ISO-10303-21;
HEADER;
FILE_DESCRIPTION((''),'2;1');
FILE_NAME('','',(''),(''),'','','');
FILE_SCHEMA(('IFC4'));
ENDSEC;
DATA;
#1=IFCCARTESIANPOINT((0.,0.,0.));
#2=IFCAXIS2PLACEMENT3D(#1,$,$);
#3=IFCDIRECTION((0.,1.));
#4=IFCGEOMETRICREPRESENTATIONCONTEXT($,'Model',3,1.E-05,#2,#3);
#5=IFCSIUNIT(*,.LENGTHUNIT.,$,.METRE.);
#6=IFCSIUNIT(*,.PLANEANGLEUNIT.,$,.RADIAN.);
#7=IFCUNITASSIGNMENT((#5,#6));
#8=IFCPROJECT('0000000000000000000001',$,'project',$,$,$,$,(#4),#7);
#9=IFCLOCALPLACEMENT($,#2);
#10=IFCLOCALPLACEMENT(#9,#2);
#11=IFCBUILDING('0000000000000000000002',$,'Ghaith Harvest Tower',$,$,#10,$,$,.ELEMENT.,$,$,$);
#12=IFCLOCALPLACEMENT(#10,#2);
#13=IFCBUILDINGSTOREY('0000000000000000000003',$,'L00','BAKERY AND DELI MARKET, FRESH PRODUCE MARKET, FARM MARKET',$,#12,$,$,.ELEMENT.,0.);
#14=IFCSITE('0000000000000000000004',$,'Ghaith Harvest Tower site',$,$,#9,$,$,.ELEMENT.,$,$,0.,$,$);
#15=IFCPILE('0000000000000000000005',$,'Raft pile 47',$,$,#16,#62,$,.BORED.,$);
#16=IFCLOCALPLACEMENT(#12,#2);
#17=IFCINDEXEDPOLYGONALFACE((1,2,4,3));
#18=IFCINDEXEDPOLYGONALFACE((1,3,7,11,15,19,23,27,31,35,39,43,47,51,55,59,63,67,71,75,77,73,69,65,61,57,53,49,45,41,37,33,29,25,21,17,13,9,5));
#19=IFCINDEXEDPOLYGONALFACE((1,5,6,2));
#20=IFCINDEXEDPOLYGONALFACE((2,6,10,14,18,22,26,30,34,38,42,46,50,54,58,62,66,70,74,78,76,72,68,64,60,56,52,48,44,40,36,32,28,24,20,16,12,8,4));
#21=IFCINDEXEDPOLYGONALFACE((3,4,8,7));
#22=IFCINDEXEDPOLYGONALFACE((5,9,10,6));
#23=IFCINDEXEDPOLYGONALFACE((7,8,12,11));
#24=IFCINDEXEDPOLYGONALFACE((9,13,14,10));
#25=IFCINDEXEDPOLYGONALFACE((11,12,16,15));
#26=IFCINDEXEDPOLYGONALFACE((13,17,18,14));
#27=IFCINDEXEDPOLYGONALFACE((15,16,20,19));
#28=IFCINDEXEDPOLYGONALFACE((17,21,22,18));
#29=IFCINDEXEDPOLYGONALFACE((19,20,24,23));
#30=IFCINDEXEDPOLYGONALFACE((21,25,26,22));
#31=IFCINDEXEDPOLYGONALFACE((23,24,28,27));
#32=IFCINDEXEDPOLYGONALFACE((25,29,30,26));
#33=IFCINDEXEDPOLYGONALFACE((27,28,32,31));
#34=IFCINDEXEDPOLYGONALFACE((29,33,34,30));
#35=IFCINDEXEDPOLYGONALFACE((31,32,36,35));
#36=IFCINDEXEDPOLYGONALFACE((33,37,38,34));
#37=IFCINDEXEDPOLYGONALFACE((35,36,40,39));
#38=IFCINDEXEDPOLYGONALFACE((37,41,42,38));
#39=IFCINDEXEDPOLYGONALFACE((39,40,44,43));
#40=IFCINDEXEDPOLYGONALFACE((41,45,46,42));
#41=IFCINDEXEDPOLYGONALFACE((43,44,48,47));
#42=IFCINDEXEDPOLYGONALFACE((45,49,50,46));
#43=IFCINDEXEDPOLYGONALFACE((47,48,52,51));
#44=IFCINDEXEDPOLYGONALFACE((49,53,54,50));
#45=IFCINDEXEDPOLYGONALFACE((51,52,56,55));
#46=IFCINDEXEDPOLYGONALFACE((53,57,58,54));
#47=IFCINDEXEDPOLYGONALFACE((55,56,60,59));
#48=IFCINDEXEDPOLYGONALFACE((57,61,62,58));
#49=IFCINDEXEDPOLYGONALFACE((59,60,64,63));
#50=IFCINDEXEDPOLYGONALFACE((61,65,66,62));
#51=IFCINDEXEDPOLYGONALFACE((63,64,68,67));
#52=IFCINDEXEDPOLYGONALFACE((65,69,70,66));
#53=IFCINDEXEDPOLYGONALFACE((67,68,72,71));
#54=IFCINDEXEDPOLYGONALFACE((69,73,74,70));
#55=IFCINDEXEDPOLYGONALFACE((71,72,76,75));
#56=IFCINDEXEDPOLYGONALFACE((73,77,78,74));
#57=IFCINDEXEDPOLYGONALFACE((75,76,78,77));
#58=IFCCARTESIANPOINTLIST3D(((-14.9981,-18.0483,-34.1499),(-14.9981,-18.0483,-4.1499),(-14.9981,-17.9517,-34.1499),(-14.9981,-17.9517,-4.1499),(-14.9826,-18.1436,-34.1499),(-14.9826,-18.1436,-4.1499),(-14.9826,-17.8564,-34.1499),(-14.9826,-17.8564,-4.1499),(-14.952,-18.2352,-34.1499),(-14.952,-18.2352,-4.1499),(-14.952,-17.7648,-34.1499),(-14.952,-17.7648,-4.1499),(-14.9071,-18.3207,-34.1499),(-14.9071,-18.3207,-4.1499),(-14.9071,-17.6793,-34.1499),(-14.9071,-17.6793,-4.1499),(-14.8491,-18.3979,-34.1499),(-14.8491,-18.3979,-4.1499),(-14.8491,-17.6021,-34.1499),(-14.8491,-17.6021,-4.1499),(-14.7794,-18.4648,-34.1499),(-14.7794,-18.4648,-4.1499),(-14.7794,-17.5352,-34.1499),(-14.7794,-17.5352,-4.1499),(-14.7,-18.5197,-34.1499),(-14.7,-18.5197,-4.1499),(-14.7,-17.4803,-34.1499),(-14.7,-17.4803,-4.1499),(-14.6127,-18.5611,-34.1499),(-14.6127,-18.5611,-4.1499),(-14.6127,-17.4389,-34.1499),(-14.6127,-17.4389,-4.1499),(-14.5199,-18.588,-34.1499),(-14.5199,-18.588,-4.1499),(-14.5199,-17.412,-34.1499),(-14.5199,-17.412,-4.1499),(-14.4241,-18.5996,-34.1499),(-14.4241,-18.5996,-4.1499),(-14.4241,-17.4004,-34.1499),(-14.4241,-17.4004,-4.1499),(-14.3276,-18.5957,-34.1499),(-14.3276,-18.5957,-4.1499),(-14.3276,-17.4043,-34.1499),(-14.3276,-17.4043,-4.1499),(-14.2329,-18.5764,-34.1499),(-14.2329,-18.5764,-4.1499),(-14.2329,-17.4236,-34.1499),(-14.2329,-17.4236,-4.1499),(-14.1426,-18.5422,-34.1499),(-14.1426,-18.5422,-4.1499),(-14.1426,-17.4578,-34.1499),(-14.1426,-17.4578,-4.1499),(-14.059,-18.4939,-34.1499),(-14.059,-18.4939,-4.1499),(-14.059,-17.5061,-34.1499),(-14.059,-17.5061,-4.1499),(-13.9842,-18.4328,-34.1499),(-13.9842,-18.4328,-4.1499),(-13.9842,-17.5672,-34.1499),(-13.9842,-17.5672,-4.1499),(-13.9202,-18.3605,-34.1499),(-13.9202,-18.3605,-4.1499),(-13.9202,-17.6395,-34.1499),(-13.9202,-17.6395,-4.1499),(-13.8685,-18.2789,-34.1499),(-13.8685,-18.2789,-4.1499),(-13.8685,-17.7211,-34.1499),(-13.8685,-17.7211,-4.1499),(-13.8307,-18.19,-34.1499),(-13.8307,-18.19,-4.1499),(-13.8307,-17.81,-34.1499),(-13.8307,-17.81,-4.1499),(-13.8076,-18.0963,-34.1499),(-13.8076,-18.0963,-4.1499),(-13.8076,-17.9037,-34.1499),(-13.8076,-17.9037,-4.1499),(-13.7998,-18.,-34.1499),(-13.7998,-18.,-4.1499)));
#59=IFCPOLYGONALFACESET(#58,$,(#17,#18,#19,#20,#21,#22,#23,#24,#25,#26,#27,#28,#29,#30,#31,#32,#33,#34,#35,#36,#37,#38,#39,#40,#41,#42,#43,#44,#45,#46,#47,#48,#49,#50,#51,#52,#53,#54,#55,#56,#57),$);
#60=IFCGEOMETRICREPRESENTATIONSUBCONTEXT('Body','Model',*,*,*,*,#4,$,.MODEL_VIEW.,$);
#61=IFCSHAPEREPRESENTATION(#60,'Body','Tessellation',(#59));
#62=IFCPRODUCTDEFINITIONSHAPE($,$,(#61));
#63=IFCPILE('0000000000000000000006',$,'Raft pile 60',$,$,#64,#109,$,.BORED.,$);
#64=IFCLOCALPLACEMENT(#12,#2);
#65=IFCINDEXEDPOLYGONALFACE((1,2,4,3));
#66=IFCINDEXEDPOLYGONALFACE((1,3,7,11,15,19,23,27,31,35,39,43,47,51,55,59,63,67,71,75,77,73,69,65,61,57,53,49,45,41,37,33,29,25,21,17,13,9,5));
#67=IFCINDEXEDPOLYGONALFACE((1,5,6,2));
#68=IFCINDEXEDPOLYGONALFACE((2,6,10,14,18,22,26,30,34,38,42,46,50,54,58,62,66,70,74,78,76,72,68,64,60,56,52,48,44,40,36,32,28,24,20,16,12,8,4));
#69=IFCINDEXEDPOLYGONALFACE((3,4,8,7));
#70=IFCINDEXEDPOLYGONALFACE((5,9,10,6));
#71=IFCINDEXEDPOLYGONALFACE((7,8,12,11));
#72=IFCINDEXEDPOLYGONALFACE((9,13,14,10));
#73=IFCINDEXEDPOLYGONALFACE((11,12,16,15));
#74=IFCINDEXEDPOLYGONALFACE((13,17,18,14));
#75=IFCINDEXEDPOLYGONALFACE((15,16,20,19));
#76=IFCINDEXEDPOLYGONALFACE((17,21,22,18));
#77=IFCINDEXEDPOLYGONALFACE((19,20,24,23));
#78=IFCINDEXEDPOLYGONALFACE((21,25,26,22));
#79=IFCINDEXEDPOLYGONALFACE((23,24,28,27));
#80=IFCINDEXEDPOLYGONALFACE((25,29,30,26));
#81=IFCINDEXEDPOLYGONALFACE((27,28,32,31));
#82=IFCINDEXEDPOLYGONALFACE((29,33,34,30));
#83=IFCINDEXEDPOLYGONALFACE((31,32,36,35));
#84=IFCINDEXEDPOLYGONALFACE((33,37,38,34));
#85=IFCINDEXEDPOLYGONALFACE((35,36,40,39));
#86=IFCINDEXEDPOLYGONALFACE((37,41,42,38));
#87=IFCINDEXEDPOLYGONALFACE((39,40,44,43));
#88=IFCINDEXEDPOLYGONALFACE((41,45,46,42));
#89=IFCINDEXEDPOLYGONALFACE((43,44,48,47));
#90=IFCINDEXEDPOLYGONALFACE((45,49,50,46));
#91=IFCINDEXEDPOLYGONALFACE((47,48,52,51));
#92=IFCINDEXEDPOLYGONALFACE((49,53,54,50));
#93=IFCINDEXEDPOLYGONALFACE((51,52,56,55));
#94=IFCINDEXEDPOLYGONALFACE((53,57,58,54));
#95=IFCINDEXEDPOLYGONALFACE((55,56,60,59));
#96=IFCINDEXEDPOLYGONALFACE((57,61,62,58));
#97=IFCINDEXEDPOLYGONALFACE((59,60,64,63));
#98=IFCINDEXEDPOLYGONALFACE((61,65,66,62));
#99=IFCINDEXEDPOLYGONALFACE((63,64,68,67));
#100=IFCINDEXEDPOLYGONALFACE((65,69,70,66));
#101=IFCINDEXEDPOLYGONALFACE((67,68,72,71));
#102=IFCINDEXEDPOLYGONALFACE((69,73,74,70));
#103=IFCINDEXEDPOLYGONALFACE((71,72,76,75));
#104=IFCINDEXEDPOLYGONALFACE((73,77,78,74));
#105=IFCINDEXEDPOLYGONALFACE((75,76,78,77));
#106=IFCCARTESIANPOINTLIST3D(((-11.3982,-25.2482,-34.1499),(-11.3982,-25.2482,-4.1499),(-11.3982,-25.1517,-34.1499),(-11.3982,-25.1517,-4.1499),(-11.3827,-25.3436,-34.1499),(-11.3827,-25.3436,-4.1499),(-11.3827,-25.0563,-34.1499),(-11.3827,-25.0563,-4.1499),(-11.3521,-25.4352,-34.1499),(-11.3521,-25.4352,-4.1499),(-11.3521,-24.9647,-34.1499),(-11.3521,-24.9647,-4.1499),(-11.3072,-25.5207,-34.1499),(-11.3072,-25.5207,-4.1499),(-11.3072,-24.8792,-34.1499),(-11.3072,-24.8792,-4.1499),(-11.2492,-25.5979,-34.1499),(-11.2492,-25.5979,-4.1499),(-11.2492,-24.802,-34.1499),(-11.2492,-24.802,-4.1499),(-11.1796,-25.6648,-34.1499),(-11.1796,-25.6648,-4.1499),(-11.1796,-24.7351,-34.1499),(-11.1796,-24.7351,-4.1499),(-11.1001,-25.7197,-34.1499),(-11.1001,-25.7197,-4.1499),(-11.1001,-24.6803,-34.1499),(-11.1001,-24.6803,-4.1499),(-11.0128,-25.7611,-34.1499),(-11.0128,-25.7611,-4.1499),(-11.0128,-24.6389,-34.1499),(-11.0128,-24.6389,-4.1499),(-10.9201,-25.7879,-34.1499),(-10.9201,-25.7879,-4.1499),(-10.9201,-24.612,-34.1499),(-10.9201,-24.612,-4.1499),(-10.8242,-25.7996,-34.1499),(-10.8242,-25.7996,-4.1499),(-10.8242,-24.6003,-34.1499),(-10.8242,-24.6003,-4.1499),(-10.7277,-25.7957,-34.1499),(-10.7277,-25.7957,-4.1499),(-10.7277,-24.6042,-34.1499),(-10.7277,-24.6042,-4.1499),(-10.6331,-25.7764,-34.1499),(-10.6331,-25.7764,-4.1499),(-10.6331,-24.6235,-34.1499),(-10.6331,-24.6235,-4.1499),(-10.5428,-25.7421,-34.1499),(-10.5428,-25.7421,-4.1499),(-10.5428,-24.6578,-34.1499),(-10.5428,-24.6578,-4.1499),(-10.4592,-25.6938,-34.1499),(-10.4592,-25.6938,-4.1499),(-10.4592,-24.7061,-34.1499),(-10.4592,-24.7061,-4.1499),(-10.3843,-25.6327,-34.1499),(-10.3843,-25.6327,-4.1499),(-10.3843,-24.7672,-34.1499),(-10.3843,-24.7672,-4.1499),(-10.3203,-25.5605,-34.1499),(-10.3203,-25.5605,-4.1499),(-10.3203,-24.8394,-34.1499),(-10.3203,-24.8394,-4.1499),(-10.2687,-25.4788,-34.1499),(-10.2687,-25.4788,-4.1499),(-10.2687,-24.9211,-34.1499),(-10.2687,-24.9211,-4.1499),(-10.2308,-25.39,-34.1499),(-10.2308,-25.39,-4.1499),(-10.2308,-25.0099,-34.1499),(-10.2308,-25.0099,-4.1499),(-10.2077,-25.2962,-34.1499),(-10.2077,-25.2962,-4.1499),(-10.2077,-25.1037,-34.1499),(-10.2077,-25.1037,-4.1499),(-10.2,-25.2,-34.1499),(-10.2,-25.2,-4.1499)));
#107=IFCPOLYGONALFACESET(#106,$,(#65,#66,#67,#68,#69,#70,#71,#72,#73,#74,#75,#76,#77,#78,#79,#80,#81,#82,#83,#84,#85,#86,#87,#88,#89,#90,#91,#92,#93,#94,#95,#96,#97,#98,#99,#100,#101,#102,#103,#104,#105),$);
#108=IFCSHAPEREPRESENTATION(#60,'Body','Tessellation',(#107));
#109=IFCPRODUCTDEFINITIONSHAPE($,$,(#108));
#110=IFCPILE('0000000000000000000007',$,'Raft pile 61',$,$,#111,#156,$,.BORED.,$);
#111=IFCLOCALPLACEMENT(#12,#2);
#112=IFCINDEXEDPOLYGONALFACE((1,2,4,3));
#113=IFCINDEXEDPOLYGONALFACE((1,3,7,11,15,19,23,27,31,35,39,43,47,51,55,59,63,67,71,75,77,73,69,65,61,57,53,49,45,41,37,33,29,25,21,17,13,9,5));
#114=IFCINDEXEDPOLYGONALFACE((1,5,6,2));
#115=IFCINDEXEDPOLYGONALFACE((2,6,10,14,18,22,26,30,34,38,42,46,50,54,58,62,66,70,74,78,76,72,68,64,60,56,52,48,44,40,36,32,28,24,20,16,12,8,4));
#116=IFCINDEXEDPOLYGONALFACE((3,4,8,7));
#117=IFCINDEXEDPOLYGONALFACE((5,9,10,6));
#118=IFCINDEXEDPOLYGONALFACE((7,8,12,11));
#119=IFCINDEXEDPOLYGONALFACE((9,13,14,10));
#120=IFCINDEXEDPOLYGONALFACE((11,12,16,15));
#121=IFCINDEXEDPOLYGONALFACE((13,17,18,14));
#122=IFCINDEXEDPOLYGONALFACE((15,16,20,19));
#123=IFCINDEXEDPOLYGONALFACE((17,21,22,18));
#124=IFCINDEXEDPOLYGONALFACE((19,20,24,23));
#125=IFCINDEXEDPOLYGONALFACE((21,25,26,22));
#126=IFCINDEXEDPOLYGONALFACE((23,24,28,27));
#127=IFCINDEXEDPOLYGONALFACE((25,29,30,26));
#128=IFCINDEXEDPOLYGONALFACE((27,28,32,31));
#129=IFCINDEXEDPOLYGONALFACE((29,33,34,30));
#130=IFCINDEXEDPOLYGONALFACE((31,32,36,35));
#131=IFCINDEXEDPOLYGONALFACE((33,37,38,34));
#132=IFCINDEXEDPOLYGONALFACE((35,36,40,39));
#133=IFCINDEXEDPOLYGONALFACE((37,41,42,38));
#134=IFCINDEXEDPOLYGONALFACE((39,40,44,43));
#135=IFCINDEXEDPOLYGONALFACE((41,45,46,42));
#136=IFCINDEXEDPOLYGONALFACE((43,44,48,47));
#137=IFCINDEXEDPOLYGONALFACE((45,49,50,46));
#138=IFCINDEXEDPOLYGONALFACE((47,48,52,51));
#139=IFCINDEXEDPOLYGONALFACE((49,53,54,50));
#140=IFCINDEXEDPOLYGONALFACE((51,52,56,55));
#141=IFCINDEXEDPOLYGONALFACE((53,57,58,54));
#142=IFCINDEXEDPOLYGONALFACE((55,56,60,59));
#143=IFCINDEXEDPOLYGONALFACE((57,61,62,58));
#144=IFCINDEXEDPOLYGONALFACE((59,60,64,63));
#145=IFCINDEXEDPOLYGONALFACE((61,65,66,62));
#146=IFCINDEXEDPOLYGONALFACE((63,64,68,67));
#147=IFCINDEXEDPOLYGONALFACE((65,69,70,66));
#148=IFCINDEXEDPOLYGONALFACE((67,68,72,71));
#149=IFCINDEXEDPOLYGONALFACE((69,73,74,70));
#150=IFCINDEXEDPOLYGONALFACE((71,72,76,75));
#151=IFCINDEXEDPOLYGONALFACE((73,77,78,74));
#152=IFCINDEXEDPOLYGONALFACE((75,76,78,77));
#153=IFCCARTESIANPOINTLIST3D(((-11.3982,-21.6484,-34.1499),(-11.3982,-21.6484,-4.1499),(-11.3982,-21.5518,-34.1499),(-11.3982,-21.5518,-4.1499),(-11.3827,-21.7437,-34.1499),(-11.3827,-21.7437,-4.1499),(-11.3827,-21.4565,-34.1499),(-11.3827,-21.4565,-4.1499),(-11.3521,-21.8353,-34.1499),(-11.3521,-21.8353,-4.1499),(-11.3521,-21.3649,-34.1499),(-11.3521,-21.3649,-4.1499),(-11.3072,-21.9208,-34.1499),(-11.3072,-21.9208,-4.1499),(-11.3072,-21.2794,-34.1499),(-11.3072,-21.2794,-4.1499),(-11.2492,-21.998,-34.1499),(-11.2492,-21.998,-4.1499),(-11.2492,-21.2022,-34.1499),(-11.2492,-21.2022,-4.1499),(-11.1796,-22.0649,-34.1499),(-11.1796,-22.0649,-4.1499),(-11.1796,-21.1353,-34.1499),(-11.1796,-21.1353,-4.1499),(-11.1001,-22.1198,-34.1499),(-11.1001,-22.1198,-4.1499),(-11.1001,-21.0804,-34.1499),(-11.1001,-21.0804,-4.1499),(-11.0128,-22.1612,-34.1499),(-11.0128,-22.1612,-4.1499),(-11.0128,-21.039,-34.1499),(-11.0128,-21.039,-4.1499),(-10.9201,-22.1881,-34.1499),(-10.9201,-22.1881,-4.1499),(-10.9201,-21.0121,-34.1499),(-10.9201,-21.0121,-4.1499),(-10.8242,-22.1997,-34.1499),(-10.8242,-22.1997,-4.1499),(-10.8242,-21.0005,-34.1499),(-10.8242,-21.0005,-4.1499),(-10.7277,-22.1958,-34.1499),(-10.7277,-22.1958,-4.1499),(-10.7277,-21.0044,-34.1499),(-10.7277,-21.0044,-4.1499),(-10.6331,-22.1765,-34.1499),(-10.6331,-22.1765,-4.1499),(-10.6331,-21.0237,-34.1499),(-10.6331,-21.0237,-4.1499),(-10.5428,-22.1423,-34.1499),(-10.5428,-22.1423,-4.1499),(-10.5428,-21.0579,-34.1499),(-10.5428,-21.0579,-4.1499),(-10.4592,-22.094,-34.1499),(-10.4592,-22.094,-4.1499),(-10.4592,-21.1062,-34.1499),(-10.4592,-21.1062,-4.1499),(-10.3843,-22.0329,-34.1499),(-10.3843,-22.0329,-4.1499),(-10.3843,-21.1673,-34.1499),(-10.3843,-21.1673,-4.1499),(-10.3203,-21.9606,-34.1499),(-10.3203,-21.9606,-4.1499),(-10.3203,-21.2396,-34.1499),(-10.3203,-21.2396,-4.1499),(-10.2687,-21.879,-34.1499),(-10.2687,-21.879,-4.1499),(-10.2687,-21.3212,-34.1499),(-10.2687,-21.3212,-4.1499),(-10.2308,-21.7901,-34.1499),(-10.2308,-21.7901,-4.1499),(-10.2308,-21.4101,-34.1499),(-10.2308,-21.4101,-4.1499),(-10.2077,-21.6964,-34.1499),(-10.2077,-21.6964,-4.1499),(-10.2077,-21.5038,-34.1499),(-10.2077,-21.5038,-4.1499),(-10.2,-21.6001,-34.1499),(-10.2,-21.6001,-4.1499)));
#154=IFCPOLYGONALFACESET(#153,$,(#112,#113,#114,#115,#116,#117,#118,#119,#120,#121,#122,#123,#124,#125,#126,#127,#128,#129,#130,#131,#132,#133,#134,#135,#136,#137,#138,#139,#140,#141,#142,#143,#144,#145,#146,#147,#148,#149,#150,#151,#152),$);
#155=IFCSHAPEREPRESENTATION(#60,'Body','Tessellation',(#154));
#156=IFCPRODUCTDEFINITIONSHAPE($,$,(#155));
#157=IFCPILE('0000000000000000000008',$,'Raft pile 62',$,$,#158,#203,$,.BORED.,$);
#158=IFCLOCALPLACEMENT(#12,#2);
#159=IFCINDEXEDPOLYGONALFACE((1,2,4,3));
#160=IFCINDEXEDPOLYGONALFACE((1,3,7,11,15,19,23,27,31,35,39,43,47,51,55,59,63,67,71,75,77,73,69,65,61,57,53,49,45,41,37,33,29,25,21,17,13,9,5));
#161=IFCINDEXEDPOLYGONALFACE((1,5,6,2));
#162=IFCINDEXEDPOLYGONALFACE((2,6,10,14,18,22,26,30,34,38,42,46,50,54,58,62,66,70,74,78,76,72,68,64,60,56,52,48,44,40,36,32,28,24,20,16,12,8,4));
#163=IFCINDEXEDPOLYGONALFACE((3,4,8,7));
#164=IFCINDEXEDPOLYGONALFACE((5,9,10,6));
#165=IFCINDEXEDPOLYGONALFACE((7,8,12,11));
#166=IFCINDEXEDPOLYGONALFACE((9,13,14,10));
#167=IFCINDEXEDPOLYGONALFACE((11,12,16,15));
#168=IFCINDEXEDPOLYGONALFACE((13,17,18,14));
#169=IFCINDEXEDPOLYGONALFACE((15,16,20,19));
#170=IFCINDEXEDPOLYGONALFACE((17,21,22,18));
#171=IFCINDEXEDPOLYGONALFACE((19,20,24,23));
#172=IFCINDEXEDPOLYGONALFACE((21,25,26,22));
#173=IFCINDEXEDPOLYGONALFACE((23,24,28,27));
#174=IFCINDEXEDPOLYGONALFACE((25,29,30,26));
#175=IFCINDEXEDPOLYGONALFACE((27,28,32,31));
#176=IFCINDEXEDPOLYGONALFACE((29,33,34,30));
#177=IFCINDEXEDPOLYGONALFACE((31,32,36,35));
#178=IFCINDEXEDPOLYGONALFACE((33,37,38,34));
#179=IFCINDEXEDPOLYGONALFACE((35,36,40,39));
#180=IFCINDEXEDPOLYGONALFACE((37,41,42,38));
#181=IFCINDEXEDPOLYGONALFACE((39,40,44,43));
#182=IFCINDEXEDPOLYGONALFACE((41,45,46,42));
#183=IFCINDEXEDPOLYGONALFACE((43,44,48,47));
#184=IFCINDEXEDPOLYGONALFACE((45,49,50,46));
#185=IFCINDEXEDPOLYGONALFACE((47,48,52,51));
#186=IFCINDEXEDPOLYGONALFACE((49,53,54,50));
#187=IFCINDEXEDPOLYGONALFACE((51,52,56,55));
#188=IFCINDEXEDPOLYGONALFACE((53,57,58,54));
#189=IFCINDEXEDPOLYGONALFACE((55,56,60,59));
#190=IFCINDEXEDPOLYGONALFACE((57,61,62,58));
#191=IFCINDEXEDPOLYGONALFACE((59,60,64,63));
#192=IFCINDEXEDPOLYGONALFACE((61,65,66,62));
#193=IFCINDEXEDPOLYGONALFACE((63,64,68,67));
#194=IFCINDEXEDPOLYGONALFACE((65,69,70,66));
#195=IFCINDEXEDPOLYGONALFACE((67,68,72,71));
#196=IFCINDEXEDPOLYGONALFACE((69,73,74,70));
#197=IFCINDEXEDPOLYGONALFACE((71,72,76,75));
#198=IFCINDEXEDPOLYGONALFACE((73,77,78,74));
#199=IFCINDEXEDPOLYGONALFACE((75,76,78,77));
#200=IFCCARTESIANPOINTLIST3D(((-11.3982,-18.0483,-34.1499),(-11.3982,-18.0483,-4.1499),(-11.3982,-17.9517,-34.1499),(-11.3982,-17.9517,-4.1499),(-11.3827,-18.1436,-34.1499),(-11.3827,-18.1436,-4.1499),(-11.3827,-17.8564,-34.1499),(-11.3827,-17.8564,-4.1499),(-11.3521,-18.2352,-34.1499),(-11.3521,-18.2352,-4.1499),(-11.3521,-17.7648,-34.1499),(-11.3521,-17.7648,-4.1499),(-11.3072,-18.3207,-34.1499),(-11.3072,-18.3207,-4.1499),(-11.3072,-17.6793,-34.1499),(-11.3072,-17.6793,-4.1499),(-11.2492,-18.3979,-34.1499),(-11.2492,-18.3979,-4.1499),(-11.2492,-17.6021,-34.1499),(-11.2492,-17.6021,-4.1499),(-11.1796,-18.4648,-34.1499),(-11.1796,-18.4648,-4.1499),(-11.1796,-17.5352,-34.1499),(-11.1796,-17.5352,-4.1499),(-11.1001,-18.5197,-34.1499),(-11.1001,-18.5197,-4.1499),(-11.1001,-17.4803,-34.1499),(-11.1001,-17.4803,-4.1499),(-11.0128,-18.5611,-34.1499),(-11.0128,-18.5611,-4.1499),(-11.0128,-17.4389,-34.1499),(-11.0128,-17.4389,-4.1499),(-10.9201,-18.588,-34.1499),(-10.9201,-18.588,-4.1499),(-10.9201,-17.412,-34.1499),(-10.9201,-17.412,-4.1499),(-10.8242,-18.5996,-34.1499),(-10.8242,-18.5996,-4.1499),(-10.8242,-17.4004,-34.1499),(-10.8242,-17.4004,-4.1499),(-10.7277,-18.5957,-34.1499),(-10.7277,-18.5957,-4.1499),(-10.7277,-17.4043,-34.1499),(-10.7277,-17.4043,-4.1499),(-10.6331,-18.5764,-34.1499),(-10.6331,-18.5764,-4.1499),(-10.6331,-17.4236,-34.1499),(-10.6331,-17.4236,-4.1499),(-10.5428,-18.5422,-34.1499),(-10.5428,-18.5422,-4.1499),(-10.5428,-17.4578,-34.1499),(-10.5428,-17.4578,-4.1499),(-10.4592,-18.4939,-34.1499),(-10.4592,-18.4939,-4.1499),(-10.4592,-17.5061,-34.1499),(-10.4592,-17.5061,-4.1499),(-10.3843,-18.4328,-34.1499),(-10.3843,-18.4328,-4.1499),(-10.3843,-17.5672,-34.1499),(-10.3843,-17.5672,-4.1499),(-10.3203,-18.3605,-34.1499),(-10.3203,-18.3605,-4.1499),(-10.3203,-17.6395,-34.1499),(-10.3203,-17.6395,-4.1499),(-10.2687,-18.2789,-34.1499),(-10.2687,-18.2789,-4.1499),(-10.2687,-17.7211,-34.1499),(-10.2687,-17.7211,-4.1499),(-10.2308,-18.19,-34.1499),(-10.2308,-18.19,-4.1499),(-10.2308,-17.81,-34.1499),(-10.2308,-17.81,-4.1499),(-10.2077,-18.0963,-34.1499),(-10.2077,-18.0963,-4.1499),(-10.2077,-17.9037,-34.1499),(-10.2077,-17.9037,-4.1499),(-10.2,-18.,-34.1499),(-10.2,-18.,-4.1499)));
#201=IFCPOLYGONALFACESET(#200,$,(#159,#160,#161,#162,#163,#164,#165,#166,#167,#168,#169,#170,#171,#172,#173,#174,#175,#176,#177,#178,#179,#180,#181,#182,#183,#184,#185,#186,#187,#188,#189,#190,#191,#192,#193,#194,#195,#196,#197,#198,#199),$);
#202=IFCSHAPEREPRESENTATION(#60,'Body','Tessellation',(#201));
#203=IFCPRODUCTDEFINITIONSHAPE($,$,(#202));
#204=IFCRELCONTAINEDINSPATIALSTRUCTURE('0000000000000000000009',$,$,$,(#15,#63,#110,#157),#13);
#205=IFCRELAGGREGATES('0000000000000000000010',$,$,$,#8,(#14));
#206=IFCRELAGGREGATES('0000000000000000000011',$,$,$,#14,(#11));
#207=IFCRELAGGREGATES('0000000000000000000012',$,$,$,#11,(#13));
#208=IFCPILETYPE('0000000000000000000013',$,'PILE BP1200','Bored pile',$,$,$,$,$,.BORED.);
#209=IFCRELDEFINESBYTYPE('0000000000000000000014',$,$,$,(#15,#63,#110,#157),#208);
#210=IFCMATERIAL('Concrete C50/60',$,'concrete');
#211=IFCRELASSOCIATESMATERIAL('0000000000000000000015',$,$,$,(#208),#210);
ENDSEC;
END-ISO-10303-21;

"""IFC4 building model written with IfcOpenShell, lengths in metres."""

from ifc_helpers import new_model, si_unit, direction, frame, origin, origin_2d, place, context, subcontext, project, spatial, circle, extrude, material, material_profile, profile_set, type_object, element, save


model = new_model("IFC4")

# Units and contexts
model_context = context("Model", 3, precision=1e-05, world=origin(), true_north=direction((0.0, 1.0)))
body_context = subcontext(model_context, "Body", "Model", "MODEL_VIEW")
ifc_project = project(units=[si_unit("LENGTHUNIT", "METRE"), si_unit("PLANEANGLEUNIT", "RADIAN")], contexts=[model_context])

# Site, building, storey
site_placement = place(None, origin())
site = spatial("IfcSite", under=ifc_project, at=site_placement, Name="Ghaith Harvest Tower site", CompositionType="ELEMENT", RefElevation=0.0)
building_placement = place(site_placement, origin())
building = spatial("IfcBuilding", under=site, at=building_placement, Name="Ghaith Harvest Tower", CompositionType="ELEMENT")
storey_placement = place(building_placement, origin())
storey = spatial("IfcBuildingStorey", under=building, at=storey_placement, Name="L00", Description="BAKERY AND DELI MARKET, FRESH PRODUCE MARKET, FARM MARKET", CompositionType="ELEMENT", Elevation=0.0)

# Piles
ifc_material_1 = material(Name="Concrete C50/60", Category="concrete")
ifc_material_profile_1 = material_profile(ifc_material_1, circle(Radius=0.6001, at=origin_2d()), Name="PILE1200")
ifc_profile_set_1 = profile_set([ifc_material_profile_1], Name="Concrete C50/60")
pile_type = type_object("IfcPileType", Name="PILE BP1200", Description="Bored pile", PredefinedType="BORED", material=ifc_profile_set_1)
for number, where, z_axis, x_axis, name in (
    (1, (-14.3999, -18.0, -4.1499), (0.0, 0.0, -1.0), (1.0, 0.0, 0.0), "Raft pile 47"),
    (2, (-10.8, -25.2, -4.1499), (0.0, 0.0, -1.0), (1.0, 0.0, 0.0), "Raft pile 60"),
    (3, (-10.8, -21.6001, -4.1499), (0.0, 0.0, -1.0), (1.0, 0.0, 0.0), "Raft pile 61"),
    (4, (-10.8, -18.0, -4.1499), (0.0, 0.0, -1.0), (1.0, 0.0, 0.0), "Raft pile 62"),
):
    element("IfcPile", number, at=place(storey_placement, frame(where, z_axis=z_axis, x_axis=x_axis)), inside=storey, type_object=pile_type, Name=name, PredefinedType="BORED", context=body_context, shape_type="SweptSolid", body=[
        extrude(circle(Radius=0.6001, at=origin_2d()), origin(), (0.0, 0.0, 1.0), 30.0),
    ])

save(model, "model.ifc")
